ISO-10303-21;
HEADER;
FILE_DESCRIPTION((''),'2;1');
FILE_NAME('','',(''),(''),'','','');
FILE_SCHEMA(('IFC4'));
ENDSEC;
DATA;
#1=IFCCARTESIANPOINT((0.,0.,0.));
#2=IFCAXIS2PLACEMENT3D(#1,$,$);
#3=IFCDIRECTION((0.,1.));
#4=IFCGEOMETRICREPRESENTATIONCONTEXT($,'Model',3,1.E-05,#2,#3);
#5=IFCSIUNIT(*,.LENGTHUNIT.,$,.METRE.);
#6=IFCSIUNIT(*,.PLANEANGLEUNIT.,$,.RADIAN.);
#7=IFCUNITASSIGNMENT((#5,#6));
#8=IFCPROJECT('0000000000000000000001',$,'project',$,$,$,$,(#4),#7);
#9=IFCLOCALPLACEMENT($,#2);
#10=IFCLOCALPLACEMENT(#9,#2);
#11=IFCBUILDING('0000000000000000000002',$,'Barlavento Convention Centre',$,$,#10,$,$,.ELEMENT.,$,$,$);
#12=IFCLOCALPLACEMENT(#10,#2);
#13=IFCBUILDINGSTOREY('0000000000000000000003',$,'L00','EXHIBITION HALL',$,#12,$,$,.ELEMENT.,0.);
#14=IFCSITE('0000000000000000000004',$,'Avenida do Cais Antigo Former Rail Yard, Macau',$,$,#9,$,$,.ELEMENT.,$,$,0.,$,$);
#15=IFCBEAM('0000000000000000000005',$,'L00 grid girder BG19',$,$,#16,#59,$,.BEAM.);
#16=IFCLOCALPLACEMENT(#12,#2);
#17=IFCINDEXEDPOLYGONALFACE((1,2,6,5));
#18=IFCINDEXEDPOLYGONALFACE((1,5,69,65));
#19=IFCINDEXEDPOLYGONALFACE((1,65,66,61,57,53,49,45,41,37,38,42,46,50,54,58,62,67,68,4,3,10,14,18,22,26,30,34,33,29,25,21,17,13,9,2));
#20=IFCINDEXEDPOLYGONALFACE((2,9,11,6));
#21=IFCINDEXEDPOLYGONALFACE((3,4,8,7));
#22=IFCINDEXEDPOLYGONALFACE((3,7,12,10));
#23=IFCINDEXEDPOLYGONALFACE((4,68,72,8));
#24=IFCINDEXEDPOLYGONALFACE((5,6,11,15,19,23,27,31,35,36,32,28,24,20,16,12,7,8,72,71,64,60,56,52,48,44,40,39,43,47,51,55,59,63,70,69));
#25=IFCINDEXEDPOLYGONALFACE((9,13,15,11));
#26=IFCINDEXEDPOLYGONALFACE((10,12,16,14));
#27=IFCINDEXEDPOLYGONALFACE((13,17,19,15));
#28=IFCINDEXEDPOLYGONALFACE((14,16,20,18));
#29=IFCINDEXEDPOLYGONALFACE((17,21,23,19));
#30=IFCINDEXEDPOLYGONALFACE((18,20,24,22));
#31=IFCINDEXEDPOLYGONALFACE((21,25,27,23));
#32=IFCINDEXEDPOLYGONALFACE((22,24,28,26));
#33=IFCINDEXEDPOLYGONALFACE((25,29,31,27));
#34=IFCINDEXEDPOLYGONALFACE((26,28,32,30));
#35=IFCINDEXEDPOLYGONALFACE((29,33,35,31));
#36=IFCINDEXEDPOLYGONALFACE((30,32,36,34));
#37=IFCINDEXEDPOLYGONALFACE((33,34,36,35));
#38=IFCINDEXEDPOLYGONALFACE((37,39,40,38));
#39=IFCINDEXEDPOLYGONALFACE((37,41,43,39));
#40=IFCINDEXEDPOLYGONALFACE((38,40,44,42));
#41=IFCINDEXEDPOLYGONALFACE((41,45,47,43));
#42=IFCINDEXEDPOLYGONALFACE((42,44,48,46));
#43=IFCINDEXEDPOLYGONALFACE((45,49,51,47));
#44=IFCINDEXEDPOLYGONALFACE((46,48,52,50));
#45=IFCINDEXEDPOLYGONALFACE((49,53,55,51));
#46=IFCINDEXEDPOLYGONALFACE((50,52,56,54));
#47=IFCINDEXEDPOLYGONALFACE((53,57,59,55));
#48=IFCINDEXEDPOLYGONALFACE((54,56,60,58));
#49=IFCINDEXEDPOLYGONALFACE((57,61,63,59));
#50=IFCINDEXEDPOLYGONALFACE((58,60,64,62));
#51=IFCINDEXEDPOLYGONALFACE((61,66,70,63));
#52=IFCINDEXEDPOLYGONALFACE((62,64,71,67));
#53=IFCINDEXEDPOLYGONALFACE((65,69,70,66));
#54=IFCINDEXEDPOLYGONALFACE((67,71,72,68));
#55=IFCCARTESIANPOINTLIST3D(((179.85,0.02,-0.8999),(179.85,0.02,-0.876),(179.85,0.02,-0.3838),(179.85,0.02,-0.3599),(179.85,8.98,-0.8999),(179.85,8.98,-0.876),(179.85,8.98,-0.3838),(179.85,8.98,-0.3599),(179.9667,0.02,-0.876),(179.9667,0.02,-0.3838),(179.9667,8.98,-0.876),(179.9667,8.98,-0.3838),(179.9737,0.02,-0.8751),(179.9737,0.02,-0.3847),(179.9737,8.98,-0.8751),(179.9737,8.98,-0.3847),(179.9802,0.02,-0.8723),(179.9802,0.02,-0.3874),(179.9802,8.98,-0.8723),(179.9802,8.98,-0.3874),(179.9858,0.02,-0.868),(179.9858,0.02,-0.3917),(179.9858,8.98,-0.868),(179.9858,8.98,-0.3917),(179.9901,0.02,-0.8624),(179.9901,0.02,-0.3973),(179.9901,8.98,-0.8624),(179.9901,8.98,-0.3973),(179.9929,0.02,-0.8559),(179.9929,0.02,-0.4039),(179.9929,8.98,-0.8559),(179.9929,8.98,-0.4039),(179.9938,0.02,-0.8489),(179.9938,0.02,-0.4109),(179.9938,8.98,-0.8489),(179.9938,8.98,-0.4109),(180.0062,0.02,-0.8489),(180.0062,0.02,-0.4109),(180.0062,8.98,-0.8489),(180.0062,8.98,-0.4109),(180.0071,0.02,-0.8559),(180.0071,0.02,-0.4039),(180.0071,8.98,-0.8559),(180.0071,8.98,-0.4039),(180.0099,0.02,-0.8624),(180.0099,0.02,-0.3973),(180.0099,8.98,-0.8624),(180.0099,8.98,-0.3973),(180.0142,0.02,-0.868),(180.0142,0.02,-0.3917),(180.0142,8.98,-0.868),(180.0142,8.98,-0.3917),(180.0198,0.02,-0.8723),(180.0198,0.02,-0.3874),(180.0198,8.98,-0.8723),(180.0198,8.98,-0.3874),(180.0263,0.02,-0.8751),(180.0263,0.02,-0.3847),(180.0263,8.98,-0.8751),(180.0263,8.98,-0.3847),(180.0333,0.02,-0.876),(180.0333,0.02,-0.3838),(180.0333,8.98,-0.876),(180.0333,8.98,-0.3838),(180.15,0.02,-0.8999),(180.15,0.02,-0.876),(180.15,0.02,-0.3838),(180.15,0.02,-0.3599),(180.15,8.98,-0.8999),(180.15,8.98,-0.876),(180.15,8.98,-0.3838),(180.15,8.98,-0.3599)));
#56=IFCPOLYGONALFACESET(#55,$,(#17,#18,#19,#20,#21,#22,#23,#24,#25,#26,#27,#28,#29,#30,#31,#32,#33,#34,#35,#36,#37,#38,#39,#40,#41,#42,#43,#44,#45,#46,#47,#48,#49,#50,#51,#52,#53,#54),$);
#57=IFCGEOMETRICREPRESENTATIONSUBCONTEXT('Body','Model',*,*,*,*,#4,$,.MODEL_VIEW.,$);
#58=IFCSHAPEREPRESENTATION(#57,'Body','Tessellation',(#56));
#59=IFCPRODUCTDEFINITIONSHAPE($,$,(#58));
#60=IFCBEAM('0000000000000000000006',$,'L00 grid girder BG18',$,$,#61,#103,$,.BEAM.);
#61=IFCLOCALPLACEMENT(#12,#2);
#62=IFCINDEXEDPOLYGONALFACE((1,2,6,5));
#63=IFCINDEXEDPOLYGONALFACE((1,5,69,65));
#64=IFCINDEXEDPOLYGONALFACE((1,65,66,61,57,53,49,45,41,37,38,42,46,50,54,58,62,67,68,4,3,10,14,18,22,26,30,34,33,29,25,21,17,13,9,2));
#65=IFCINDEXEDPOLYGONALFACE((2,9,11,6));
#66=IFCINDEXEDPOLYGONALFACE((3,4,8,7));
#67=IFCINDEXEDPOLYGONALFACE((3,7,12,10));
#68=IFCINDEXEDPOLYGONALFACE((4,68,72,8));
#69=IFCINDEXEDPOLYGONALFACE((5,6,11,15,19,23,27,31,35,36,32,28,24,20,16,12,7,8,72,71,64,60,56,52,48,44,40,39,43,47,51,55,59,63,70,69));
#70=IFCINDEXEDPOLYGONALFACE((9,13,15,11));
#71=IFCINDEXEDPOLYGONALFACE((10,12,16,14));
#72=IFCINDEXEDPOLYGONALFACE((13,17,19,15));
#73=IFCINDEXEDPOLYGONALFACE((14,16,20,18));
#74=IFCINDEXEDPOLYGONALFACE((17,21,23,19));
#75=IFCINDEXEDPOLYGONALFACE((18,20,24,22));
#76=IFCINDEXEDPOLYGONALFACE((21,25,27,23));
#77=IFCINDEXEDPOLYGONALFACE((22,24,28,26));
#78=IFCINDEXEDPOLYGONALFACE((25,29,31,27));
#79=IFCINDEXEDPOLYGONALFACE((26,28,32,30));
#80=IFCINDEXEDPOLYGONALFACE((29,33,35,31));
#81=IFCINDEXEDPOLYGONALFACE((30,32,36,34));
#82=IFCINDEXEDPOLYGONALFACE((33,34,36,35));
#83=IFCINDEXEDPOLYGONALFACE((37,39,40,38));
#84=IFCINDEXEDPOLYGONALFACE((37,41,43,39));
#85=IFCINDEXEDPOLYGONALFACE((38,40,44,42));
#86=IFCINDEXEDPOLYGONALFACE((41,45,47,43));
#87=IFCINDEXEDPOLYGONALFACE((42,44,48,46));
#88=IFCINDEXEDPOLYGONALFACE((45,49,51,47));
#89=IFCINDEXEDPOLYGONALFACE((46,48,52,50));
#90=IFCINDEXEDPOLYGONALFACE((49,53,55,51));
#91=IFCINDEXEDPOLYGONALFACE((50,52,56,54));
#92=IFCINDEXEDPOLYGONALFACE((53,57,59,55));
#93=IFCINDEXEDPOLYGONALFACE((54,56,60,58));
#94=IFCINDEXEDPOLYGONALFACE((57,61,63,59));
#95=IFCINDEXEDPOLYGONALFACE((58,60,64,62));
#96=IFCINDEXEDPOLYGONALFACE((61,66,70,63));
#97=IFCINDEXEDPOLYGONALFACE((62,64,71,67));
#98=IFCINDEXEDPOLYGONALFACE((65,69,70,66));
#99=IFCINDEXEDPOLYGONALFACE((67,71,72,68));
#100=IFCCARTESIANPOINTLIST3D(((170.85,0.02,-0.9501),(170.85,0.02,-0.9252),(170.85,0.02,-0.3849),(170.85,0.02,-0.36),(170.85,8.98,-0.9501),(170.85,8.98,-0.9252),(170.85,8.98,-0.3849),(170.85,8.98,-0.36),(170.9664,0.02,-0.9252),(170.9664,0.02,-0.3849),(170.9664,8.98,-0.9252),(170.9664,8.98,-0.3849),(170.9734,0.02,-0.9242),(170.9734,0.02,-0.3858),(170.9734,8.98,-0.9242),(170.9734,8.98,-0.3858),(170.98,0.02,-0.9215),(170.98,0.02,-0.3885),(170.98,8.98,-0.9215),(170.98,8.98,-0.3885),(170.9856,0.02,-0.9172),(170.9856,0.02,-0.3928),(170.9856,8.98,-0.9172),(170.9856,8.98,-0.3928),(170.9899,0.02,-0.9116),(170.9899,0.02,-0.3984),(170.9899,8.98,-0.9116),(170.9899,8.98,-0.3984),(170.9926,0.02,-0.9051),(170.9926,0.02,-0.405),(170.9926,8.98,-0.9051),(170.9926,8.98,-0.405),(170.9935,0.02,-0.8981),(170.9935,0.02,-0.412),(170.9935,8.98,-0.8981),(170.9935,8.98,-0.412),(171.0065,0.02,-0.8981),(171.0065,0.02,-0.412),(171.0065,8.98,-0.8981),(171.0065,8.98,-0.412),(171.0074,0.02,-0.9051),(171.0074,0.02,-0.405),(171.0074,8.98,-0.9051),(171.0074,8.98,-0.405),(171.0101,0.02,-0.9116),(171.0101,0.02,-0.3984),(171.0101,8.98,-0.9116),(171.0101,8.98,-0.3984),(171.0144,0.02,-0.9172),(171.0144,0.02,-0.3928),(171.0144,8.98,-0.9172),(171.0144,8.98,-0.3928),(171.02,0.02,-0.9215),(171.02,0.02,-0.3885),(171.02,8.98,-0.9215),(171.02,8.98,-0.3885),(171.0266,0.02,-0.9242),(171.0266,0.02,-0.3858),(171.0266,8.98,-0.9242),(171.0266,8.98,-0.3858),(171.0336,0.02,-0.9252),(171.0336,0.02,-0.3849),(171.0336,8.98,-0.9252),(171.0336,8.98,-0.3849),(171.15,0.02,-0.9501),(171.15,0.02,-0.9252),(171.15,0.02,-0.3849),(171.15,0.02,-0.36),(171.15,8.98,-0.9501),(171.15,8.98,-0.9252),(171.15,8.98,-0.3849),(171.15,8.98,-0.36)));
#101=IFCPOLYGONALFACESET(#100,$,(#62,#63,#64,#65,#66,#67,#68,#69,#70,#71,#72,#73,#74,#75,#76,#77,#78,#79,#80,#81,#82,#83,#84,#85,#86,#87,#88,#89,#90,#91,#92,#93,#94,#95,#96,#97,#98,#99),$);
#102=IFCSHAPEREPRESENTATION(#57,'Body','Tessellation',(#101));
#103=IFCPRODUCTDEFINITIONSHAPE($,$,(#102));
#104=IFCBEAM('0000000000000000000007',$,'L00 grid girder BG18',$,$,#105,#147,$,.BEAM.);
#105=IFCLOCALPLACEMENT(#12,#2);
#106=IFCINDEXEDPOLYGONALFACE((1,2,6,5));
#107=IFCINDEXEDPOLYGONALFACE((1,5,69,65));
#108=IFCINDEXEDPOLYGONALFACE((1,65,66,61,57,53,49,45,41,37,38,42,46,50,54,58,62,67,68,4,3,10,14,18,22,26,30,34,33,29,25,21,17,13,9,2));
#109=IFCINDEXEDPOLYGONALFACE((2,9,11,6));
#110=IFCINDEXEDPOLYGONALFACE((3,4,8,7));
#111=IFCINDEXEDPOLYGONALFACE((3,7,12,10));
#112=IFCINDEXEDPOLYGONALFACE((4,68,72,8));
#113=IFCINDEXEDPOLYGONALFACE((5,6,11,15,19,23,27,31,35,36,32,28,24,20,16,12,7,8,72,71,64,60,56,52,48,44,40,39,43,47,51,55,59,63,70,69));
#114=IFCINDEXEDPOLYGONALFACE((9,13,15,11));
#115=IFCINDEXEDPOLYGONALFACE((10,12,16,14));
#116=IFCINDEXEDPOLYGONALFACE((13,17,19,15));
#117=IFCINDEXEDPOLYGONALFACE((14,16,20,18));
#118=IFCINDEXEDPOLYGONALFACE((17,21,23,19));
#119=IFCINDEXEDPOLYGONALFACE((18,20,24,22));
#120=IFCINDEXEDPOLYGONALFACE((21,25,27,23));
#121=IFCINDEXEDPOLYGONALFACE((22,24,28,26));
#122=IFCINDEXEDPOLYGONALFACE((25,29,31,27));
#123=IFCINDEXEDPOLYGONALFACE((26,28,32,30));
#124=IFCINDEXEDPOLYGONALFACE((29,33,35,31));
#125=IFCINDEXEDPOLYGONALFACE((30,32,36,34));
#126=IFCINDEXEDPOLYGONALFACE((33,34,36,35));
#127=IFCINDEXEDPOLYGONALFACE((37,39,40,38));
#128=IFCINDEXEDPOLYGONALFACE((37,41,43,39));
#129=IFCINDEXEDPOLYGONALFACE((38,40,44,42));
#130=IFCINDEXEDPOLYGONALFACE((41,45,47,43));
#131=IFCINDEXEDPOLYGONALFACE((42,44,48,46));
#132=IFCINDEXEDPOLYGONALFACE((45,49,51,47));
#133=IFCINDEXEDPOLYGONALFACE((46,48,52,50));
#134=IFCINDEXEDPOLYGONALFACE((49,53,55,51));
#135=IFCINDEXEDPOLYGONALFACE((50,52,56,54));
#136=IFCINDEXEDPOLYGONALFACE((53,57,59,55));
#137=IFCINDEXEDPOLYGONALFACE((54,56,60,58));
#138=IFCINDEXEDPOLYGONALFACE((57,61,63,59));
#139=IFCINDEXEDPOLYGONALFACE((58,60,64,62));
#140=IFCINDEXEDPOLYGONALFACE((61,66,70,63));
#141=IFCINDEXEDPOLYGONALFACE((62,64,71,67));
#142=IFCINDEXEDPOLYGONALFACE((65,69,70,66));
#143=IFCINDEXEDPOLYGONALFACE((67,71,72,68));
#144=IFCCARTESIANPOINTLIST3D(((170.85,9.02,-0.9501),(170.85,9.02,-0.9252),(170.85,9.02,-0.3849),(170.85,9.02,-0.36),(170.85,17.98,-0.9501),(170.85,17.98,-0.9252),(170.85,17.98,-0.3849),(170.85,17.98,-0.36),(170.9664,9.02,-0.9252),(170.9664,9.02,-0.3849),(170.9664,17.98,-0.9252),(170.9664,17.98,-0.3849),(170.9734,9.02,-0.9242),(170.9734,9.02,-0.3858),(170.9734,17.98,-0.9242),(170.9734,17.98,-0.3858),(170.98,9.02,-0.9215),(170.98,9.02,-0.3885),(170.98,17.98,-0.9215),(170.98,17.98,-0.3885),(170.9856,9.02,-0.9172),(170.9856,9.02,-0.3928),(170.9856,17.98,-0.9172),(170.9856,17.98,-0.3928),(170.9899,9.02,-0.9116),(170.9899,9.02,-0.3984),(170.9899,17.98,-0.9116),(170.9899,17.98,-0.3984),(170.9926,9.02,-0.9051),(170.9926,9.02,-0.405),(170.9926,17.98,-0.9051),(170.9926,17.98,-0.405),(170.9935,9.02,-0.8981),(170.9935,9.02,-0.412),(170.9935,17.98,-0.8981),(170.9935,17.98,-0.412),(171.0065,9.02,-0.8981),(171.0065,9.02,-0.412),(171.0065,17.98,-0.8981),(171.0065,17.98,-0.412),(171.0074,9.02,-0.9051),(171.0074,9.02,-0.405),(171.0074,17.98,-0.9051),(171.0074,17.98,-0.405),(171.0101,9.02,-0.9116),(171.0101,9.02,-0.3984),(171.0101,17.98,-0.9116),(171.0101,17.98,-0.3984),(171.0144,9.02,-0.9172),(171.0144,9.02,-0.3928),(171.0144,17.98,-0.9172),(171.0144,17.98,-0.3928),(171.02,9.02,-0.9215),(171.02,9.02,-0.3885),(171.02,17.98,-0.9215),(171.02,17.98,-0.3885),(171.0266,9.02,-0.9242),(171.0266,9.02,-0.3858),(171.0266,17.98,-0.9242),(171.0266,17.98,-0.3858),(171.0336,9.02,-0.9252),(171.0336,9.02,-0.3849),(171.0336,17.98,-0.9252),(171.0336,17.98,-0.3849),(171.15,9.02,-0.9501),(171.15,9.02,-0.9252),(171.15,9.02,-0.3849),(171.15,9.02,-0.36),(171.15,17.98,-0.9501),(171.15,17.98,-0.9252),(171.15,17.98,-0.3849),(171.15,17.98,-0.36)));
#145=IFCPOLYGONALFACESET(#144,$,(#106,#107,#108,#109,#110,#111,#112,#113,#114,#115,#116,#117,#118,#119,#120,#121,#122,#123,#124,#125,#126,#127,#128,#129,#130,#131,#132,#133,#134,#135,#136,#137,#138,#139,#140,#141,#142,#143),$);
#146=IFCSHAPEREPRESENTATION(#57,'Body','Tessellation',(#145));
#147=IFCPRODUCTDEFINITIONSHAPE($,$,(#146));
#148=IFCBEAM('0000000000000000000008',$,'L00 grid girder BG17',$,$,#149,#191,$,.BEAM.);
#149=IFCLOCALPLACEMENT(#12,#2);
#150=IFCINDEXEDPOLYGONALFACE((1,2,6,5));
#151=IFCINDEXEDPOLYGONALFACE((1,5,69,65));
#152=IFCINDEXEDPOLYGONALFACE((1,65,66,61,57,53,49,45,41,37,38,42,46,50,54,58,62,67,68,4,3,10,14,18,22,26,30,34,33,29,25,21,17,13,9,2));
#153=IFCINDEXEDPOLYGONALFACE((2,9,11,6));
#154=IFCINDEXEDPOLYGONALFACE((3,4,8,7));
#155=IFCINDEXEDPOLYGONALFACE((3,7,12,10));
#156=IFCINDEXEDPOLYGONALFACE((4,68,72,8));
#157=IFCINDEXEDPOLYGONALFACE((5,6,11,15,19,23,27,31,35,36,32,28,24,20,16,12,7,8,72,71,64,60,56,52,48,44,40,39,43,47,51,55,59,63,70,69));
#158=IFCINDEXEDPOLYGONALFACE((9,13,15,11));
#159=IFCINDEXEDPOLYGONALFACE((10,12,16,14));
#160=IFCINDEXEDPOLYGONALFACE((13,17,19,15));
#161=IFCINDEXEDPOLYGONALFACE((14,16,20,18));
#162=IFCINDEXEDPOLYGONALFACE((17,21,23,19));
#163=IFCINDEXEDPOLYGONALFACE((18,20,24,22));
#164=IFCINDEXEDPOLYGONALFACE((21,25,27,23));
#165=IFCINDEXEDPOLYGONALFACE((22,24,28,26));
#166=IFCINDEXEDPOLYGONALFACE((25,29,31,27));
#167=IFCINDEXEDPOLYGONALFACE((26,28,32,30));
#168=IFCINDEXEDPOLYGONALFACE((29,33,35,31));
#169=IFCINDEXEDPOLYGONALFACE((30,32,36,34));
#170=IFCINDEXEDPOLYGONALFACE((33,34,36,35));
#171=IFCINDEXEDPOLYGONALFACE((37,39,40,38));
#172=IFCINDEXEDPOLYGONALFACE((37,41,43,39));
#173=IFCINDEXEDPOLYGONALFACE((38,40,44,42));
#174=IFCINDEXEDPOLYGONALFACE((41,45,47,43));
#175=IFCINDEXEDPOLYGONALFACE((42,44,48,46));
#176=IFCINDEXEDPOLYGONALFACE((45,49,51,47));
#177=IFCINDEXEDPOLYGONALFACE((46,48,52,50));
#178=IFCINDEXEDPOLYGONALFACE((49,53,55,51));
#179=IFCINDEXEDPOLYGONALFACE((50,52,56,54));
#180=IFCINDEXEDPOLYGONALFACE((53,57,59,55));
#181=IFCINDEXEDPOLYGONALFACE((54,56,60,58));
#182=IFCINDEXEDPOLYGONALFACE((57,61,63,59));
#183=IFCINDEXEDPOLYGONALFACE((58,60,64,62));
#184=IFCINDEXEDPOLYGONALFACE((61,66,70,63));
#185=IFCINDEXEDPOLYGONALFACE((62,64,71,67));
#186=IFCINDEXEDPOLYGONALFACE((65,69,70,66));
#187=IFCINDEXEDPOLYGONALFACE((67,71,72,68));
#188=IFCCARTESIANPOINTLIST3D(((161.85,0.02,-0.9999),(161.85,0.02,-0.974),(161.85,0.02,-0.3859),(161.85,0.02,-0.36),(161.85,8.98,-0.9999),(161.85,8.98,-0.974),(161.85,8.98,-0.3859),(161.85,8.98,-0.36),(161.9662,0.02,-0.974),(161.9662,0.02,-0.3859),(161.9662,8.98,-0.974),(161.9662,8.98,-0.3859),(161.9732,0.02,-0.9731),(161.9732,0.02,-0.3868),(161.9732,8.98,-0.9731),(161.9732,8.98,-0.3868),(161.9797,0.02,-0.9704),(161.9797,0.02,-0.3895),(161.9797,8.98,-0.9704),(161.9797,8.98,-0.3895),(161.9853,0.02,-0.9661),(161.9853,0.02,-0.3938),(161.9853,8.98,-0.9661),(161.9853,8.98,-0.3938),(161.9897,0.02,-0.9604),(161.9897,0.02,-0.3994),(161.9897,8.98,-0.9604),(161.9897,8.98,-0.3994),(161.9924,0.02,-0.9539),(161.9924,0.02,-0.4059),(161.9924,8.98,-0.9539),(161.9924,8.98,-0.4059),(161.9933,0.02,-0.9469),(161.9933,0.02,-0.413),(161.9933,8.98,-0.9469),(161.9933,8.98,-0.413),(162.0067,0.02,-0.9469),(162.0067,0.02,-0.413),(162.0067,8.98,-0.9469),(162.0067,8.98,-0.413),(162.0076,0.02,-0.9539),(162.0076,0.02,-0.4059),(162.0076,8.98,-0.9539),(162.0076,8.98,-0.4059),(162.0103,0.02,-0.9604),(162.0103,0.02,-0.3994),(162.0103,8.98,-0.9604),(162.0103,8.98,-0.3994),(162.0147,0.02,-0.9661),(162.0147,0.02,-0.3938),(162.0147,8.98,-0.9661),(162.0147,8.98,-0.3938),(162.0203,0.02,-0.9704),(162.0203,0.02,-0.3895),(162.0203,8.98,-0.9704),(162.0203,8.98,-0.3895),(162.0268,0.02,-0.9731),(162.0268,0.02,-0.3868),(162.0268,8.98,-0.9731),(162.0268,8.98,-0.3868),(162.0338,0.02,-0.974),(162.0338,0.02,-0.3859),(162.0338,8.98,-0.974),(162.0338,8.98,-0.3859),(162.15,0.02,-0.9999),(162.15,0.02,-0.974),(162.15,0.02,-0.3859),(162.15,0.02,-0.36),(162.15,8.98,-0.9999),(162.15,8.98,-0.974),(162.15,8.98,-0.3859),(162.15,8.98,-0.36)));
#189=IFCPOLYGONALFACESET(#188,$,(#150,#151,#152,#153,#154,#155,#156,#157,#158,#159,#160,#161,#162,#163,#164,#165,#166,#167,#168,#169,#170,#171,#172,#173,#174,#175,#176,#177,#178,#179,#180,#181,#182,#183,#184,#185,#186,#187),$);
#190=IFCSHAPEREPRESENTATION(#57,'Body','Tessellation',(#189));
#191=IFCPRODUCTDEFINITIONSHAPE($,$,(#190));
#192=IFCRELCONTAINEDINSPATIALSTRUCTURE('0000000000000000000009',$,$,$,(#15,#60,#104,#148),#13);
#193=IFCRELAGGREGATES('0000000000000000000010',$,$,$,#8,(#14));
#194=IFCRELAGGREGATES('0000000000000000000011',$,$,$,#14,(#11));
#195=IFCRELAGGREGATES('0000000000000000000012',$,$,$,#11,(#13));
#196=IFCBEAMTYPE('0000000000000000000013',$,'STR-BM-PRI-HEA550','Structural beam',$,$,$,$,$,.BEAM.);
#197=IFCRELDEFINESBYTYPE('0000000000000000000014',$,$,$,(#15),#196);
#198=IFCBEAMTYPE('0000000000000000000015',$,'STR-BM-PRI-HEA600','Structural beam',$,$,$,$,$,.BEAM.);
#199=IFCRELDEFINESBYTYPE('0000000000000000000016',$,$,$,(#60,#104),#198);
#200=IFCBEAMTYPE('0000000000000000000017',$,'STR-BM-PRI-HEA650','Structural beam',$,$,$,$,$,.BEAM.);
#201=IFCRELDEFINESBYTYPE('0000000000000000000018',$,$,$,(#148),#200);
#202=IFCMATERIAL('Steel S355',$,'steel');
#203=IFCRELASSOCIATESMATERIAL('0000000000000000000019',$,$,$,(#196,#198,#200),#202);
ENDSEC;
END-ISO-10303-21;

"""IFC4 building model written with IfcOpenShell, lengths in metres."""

from ifc_helpers import new_model, si_unit, direction, frame, origin, origin_2d, place, context, subcontext, project, spatial, i_section, extrude, material, material_profile, profile_set, type_object, element, save


model = new_model("IFC4")

# Units and contexts
model_context = context("Model", 3, precision=1e-05, world=origin(), true_north=direction((0.0, 1.0)))
body_context = subcontext(model_context, "Body", "Model", "MODEL_VIEW")
ifc_project = project(units=[si_unit("LENGTHUNIT", "METRE"), si_unit("PLANEANGLEUNIT", "RADIAN")], contexts=[model_context])

# Site, building, storey
site_placement = place(None, origin())
site = spatial("IfcSite", under=ifc_project, at=site_placement, Name="Avenida do Cais Antigo Former Rail Yard, Macau", CompositionType="ELEMENT", RefElevation=0.0)
building_placement = place(site_placement, origin())
building = spatial("IfcBuilding", under=site, at=building_placement, Name="Barlavento Convention Centre", CompositionType="ELEMENT")
storey_placement = place(building_placement, origin())
storey = spatial("IfcBuildingStorey", under=building, at=storey_placement, Name="L00", Description="EXHIBITION HALL", CompositionType="ELEMENT", Elevation=0.0)

# Beams
ifc_material_1 = material(Name="Steel S355", Category="steel")
ifc_material_profile_1 = material_profile(ifc_material_1, i_section(OverallWidth=0.3, OverallDepth=0.54, WebThickness=0.0125, FlangeThickness=0.0239, FilletRadius=0.0271, at=origin_2d()), Name="HEA 550")
ifc_profile_set_1 = profile_set([ifc_material_profile_1], Name="Steel S355")
beam_type_1 = type_object("IfcBeamType", Name="STR-BM-PRI-HEA550", Description="Structural beam", PredefinedType="BEAM", material=ifc_profile_set_1)
beam_1_placement = place(storey_placement, frame((180.0, 0.02, -0.6299), z_axis=(0.0, 1.0, 0.0), x_axis=(-1.0, 0.0, 0.0)))
element("IfcBeam", 1, at=beam_1_placement, inside=storey, type_object=beam_type_1, Name="L00 grid girder BG19", PredefinedType="BEAM", context=body_context, shape_type="SweptSolid", body=[
    extrude(i_section(OverallWidth=0.3, OverallDepth=0.54, WebThickness=0.0125, FlangeThickness=0.0239, FilletRadius=0.0271, at=origin_2d()), origin(), (0.0, 0.0, 1.0), 8.96),
])
ifc_material_profile_2 = material_profile(ifc_material_1, i_section(OverallWidth=0.3, OverallDepth=0.5901, WebThickness=0.0129, FlangeThickness=0.0249, FilletRadius=0.0271, at=origin_2d()), Name="HEA 600")
ifc_profile_set_2 = profile_set([ifc_material_profile_2], Name="Steel S355")
beam_type_2 = type_object("IfcBeamType", Name="STR-BM-PRI-HEA600", Description="Structural beam", PredefinedType="BEAM", material=ifc_profile_set_2)
for number, where, z_axis, x_axis, name in (
    (2, (171.0, 0.02, -0.655), (0.0, 1.0, 0.0), (-1.0, 0.0, 0.0), "L00 grid girder BG18"),
    (3, (171.0, 9.02, -0.655), (0.0, 1.0, 0.0), (-1.0, 0.0, 0.0), "L00 grid girder BG18"),
):
    element("IfcBeam", number, at=place(storey_placement, frame(where, z_axis=z_axis, x_axis=x_axis)), inside=storey, type_object=beam_type_2, Name=name, PredefinedType="BEAM", context=body_context, shape_type="SweptSolid", body=[
        extrude(i_section(OverallWidth=0.3, OverallDepth=0.5901, WebThickness=0.0129, FlangeThickness=0.0249, FilletRadius=0.0271, at=origin_2d()), origin(), (0.0, 0.0, 1.0), 8.96),
    ])
ifc_material_profile_3 = material_profile(ifc_material_1, i_section(OverallWidth=0.3, OverallDepth=0.6399, WebThickness=0.0134, FlangeThickness=0.0259, FilletRadius=0.0271, at=origin_2d()), Name="HEA 650")
ifc_profile_set_3 = profile_set([ifc_material_profile_3], Name="Steel S355")
beam_type_3 = type_object("IfcBeamType", Name="STR-BM-PRI-HEA650", Description="Structural beam", PredefinedType="BEAM", material=ifc_profile_set_3)
for number, where, z_axis, x_axis, name in (
    (4, (162.0, 0.02, -0.6799), (0.0, 1.0, 0.0), (-1.0, 0.0, 0.0), "L00 grid girder BG17"),
):
    element("IfcBeam", number, at=place(storey_placement, frame(where, z_axis=z_axis, x_axis=x_axis)), inside=storey, type_object=beam_type_3, Name=name, PredefinedType="BEAM", context=body_context, shape_type="SweptSolid", body=[
        extrude(i_section(OverallWidth=0.3, OverallDepth=0.6399, WebThickness=0.0134, FlangeThickness=0.0259, FilletRadius=0.0271, at=origin_2d()), origin(), (0.0, 0.0, 1.0), 8.96),
    ])

save(model, "model.ifc")
